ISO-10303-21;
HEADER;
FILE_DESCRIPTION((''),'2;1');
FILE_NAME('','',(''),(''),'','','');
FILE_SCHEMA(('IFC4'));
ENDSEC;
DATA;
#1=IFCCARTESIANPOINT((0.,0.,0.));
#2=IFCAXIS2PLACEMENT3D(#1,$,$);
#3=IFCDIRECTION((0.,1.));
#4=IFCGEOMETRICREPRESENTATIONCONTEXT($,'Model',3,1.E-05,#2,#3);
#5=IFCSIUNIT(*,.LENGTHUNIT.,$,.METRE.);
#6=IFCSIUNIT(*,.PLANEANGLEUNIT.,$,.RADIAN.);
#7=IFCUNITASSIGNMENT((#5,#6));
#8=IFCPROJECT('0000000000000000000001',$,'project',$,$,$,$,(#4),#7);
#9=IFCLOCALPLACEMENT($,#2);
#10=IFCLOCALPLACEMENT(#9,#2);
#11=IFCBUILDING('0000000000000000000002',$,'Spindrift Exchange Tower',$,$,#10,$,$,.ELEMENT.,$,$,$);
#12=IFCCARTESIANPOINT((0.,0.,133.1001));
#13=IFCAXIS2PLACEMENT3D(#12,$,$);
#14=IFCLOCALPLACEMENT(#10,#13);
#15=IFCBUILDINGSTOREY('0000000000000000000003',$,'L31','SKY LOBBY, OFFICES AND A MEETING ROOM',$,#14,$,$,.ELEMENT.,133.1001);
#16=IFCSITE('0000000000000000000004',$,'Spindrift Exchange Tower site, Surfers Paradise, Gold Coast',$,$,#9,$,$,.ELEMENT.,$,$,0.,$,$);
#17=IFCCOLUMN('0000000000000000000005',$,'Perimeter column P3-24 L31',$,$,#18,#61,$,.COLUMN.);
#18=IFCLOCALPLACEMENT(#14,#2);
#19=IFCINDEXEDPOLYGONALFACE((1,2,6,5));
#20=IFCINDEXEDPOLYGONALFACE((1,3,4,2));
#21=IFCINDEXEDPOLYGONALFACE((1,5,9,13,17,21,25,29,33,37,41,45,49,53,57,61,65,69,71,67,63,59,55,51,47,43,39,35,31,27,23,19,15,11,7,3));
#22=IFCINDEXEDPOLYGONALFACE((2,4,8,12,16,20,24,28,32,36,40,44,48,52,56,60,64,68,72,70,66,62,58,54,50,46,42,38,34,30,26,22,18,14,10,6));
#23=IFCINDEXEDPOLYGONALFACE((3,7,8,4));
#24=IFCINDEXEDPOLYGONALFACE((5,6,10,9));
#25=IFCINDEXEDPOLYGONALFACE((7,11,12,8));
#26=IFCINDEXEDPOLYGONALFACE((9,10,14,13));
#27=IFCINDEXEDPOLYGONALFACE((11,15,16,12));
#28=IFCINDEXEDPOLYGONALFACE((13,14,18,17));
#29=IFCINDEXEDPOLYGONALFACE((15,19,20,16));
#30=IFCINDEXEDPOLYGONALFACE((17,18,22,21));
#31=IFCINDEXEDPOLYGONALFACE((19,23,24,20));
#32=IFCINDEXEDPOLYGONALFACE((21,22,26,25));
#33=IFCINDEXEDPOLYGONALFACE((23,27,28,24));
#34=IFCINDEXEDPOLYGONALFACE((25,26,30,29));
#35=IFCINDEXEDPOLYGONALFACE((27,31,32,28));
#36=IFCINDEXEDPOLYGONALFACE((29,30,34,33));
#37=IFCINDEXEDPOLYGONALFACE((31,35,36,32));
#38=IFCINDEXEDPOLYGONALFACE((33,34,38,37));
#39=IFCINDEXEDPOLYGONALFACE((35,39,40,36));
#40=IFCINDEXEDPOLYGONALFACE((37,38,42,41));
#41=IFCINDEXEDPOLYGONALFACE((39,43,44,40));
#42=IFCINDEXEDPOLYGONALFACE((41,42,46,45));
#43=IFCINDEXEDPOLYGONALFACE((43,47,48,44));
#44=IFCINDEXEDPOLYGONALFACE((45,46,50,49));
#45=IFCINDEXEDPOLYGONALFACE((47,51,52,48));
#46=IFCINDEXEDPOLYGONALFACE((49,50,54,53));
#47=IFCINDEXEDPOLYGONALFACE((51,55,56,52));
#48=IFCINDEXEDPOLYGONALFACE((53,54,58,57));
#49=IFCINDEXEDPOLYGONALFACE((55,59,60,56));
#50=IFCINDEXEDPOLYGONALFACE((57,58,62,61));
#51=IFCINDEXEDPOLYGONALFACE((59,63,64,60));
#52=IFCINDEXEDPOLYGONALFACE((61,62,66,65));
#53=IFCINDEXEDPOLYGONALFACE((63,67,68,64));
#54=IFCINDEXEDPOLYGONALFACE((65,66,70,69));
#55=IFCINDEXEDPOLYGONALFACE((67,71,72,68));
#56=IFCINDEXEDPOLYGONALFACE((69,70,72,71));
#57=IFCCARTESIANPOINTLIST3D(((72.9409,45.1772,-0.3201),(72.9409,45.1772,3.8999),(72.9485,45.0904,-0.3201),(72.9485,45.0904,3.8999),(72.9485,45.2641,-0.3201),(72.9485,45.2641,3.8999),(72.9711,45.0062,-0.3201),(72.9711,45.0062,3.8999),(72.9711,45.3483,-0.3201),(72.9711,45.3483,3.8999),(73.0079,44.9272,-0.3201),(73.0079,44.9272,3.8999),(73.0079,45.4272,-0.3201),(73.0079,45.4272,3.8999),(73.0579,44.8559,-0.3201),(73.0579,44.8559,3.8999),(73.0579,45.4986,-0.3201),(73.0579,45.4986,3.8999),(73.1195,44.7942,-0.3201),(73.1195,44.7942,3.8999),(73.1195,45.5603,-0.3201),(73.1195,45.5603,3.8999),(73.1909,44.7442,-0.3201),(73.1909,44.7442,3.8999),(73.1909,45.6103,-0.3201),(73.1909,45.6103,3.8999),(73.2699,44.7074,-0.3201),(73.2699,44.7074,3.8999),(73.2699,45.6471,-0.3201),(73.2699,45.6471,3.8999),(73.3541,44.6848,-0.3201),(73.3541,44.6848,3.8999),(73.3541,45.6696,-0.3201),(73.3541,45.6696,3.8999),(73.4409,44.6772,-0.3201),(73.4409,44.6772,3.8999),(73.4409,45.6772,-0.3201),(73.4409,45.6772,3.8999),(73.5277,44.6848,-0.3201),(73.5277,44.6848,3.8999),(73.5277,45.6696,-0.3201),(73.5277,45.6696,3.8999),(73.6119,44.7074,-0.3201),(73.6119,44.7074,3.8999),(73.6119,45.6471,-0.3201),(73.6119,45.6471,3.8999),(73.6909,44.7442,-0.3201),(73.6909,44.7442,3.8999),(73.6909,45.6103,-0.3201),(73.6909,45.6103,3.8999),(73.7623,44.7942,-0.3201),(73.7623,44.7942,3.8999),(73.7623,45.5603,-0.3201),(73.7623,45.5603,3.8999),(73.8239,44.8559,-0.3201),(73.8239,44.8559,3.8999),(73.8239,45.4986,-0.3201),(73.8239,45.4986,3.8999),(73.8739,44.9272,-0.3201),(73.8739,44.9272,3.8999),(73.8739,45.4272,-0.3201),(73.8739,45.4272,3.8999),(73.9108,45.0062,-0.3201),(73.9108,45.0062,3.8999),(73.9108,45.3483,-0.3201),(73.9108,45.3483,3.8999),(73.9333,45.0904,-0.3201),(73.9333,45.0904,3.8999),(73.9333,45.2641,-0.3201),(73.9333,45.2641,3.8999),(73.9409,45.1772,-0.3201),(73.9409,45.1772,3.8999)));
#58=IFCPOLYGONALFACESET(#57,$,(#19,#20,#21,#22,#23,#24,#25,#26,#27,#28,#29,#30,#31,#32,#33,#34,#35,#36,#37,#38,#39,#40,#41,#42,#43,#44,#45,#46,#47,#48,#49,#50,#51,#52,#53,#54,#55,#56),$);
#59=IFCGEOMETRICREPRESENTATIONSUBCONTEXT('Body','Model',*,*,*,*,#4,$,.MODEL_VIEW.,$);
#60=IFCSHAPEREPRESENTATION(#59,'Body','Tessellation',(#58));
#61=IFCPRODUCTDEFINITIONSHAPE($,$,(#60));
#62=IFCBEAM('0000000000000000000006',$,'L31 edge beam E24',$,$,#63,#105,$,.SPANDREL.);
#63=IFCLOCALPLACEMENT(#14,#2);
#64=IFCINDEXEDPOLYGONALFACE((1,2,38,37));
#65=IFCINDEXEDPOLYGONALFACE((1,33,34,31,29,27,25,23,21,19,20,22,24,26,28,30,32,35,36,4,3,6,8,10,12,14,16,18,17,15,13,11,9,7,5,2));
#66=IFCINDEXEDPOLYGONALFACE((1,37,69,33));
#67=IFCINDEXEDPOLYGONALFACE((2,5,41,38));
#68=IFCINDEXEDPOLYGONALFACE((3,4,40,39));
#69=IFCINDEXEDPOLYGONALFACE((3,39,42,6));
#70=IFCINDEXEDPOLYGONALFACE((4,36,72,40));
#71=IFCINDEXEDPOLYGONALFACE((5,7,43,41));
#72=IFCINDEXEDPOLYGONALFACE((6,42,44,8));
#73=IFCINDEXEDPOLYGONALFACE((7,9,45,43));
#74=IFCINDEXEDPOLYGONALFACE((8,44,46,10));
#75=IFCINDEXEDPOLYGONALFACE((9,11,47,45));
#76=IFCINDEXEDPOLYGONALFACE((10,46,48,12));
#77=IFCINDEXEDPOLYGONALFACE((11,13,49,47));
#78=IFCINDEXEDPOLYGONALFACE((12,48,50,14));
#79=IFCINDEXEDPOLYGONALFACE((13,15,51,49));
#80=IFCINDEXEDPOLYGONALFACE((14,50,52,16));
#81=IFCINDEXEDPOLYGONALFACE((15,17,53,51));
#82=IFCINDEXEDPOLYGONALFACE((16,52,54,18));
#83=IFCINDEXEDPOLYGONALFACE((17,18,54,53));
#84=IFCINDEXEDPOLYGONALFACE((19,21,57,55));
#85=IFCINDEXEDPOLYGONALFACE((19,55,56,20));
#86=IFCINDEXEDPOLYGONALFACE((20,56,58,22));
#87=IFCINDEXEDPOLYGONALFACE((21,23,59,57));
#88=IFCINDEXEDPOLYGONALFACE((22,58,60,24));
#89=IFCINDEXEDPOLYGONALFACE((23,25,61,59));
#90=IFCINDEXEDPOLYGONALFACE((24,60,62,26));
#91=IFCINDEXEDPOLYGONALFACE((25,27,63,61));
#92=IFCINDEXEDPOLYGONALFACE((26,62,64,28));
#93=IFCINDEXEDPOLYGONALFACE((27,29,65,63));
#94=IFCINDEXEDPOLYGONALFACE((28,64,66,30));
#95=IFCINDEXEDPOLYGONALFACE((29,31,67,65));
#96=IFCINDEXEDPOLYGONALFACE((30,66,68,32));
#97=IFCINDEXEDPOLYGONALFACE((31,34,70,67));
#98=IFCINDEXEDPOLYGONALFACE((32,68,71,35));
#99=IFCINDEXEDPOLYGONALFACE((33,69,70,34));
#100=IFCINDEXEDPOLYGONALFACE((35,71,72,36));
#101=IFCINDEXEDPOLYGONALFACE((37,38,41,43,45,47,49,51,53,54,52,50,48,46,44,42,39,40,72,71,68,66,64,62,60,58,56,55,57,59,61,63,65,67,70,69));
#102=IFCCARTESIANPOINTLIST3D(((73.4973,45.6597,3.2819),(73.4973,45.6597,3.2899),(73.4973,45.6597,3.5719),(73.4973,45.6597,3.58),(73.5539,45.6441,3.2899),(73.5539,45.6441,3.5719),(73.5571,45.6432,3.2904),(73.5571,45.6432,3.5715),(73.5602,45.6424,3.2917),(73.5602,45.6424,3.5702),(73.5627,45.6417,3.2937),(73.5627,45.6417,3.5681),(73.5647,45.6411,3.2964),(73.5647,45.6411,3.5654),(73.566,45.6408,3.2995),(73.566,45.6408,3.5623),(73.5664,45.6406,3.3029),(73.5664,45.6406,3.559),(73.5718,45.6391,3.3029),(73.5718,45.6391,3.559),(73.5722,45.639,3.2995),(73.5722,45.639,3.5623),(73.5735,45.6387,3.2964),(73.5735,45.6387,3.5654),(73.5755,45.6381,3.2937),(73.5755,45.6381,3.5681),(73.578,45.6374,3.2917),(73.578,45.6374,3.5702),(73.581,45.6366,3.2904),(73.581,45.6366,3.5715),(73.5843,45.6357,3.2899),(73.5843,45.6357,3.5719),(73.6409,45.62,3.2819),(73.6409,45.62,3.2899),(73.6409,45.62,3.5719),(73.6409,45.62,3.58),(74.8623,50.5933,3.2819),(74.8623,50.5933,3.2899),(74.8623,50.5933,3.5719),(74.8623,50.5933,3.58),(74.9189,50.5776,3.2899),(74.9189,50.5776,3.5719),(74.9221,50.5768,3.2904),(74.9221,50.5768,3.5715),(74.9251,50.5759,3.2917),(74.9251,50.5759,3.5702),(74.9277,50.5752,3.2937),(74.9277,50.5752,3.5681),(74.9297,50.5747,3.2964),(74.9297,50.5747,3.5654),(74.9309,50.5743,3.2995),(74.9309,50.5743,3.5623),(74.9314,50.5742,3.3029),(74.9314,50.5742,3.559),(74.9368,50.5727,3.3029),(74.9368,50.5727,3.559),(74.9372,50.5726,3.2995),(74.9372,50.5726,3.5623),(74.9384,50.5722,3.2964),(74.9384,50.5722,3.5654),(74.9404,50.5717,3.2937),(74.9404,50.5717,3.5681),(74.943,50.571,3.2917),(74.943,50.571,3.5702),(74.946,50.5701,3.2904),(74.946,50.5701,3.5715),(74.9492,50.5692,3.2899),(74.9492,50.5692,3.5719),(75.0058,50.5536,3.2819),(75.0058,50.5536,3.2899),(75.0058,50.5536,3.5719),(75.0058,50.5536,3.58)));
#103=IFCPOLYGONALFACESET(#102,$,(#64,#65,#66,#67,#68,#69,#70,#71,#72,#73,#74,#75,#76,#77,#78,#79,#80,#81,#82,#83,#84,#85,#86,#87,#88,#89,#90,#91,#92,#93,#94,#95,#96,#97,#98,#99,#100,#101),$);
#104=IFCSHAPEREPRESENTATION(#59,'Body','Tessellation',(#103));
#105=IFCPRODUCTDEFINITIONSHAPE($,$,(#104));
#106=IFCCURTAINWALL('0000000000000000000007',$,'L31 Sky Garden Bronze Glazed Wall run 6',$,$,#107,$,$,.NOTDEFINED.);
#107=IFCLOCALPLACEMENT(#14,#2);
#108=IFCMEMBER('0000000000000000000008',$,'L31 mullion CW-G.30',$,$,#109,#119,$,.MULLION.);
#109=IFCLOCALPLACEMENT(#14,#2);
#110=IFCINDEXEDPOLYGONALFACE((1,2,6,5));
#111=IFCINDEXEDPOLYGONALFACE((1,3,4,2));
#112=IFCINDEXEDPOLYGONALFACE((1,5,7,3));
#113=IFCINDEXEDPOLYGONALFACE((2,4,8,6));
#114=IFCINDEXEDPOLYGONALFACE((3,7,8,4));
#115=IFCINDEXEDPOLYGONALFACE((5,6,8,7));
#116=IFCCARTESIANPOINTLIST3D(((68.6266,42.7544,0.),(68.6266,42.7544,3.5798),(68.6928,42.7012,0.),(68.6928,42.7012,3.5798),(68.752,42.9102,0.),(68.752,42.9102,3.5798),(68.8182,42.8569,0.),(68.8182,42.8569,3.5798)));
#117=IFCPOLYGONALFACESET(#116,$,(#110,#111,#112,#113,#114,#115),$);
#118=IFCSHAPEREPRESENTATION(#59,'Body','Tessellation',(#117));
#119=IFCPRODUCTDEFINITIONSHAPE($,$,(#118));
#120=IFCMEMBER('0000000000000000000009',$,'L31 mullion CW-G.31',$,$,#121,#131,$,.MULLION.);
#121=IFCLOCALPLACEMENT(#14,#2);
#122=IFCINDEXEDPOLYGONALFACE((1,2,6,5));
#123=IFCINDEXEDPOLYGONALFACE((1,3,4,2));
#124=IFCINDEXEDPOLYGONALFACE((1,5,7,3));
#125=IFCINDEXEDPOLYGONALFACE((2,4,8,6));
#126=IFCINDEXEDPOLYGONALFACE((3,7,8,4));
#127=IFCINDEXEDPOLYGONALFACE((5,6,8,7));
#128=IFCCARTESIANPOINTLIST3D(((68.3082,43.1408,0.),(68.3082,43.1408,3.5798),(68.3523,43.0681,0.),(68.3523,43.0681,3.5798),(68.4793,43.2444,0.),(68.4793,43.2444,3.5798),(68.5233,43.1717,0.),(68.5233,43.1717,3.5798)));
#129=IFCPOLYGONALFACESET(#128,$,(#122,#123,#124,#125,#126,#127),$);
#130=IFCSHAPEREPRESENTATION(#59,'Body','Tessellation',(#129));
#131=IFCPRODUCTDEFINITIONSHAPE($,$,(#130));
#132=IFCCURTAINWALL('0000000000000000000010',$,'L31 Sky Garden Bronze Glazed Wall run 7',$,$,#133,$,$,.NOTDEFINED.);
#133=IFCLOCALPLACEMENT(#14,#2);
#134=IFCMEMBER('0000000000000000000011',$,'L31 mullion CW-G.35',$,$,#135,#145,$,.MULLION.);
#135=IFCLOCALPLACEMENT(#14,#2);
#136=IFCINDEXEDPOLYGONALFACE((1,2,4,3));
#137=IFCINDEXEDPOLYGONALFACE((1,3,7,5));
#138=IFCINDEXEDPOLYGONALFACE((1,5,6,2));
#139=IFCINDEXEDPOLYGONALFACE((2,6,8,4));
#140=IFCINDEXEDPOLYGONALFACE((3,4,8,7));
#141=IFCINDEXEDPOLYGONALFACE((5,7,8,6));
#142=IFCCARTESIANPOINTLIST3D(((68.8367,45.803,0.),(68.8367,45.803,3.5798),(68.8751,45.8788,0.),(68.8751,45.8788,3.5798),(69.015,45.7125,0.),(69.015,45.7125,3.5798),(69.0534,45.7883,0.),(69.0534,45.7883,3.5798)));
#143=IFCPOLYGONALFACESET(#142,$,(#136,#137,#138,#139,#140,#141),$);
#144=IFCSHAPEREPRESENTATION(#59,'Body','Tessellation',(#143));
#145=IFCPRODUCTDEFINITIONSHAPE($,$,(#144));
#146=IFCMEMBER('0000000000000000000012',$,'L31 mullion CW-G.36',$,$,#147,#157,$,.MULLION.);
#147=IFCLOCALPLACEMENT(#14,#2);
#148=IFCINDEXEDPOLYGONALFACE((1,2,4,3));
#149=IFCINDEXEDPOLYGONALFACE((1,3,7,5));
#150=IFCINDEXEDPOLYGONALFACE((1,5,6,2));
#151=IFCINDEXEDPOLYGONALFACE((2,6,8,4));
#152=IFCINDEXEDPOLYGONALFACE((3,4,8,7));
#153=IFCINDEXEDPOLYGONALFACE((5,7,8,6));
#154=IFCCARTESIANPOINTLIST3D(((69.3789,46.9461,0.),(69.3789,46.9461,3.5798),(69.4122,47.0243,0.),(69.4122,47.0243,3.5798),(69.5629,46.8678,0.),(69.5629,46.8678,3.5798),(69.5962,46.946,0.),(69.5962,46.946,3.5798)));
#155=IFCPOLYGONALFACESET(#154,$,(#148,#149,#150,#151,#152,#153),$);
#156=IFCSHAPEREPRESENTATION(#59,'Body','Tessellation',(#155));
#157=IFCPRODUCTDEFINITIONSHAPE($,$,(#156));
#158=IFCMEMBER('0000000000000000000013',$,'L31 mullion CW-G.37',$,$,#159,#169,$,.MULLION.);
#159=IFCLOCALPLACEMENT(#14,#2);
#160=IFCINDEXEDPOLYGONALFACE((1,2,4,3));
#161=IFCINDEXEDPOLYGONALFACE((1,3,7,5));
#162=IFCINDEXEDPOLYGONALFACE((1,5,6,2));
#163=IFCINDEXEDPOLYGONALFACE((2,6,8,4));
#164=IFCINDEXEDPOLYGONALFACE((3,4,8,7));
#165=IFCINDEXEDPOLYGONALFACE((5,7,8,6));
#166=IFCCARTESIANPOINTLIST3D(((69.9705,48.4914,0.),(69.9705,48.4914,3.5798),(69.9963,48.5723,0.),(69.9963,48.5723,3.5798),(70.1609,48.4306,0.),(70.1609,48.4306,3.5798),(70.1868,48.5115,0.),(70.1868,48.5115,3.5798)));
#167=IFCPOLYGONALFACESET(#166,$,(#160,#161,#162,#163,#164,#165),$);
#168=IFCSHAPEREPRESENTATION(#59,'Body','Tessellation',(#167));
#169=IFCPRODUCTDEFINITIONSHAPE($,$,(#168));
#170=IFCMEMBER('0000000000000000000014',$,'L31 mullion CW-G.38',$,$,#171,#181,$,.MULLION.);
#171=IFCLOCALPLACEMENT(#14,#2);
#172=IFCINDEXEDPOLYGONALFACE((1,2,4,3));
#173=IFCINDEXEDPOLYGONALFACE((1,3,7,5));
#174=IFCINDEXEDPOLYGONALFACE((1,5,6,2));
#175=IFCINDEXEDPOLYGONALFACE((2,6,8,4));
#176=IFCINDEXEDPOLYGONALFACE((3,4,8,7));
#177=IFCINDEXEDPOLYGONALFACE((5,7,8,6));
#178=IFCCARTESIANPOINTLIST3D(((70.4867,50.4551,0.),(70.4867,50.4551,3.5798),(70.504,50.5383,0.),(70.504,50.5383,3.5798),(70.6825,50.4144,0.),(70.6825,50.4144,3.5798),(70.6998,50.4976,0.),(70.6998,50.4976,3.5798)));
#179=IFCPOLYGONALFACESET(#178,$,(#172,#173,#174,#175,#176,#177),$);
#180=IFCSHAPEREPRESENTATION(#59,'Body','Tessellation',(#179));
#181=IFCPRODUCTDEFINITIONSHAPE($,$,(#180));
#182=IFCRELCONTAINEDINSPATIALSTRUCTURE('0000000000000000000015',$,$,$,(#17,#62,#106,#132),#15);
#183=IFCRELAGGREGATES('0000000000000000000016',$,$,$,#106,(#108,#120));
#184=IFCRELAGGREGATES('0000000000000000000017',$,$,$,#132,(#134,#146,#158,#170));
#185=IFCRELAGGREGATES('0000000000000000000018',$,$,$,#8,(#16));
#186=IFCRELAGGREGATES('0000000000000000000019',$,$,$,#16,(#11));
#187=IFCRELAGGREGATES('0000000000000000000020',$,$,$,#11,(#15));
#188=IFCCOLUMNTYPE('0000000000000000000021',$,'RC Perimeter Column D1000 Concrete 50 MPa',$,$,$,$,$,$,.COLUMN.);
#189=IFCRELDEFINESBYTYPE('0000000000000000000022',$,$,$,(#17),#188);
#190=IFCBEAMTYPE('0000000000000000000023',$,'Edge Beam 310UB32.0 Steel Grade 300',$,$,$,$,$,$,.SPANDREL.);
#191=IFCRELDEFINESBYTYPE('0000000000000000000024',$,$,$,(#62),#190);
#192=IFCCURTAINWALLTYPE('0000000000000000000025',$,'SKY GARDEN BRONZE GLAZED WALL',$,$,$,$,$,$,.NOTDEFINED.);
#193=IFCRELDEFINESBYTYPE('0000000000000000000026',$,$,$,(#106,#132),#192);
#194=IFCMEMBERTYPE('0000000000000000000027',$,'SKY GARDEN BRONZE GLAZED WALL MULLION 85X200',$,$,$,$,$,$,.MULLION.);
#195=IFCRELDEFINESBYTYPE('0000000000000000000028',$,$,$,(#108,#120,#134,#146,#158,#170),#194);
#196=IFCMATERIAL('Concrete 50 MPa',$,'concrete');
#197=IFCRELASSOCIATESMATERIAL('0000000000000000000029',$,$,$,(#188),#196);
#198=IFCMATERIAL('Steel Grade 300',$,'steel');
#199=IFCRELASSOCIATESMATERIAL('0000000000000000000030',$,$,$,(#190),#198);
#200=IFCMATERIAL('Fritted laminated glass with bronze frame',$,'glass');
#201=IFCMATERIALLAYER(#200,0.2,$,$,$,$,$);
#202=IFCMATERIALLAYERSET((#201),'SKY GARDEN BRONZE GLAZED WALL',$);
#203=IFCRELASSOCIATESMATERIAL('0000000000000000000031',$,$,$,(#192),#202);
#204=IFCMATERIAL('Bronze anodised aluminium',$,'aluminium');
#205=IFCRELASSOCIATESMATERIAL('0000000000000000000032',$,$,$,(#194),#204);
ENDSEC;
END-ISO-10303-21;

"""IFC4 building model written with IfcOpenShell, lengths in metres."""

from ifc_helpers import new_model, si_unit, direction, frame, origin, origin_2d, place, context, subcontext, project, spatial, rectangle, circle, i_section, extrude, source, transform, mapped, material, layer, layer_set, material_profile, profile_set, type_object, element, aggregate, save


model = new_model("IFC4")

# Units and contexts
model_context = context("Model", 3, precision=1e-05, world=origin(), true_north=direction((0.0, 1.0)))
body_context = subcontext(model_context, "Body", "Model", "MODEL_VIEW")
ifc_project = project(units=[si_unit("LENGTHUNIT", "METRE"), si_unit("PLANEANGLEUNIT", "RADIAN")], contexts=[model_context])

# Site, building, storey
site_placement = place(None, origin())
site = spatial("IfcSite", under=ifc_project, at=site_placement, Name="Spindrift Exchange Tower site, Surfers Paradise, Gold Coast", CompositionType="ELEMENT", RefElevation=0.0)
building_placement = place(site_placement, origin())
building = spatial("IfcBuilding", under=site, at=building_placement, Name="Spindrift Exchange Tower", CompositionType="ELEMENT")
storey_placement = place(building_placement, frame((0.0, 0.0, 133.1001)))
storey = spatial("IfcBuildingStorey", under=building, at=storey_placement, Name="L31", Description="SKY LOBBY, OFFICES AND A MEETING ROOM", CompositionType="ELEMENT", Elevation=133.1001)

# Column
ifc_material_1 = material(Name="Concrete 50 MPa", Category="concrete")
ifc_material_profile_1 = material_profile(ifc_material_1, circle(Radius=0.5, at=origin_2d()), Name="RC D1000")
ifc_profile_set_1 = profile_set([ifc_material_profile_1], Name="Concrete 50 MPa")
column_type = type_object("IfcColumnType", Name="RC Perimeter Column D1000 Concrete 50 MPa", PredefinedType="COLUMN", material=ifc_profile_set_1)
shared_shape_1 = source(origin(), body_context, "Body", "SweptSolid", [
    extrude(circle(Radius=0.5, at=origin_2d()), origin(), (0.0, 0.0, 1.0), 4.22),
])
column_placement = place(storey_placement, frame((73.4409, 45.1772, -0.3201), z_axis=(0.0, 0.0, 1.0), x_axis=(1.0, 0.0, 0.0)))
element("IfcColumn", 1, at=column_placement, inside=storey, type_object=column_type, Name="Perimeter column P3-24 L31", PredefinedType="COLUMN", context=body_context, shape_type="MappedRepresentation", body=[
    mapped(shared_shape_1, transform((0.0, 0.0, 0.0), scale=1.0)),
])

# Beam
ifc_material_2 = material(Name="Steel Grade 300", Category="steel")
ifc_material_profile_2 = material_profile(ifc_material_2, i_section(OverallWidth=0.1489, OverallDepth=0.2981, WebThickness=0.0056, FlangeThickness=0.0081, FilletRadius=0.0129, at=origin_2d()), Name="310UB32.0")
ifc_profile_set_2 = profile_set([ifc_material_profile_2], Name="Steel Grade 300")
beam_type = type_object("IfcBeamType", Name="Edge Beam 310UB32.0 Steel Grade 300", PredefinedType="SPANDREL", material=ifc_profile_set_2)
shared_shape_2 = source(origin(), body_context, "Body", "SweptSolid", [
    extrude(i_section(OverallWidth=0.1489, OverallDepth=0.2981, WebThickness=0.0056, FlangeThickness=0.0081, FilletRadius=0.0129, at=origin_2d()), origin(), (0.0, 0.0, 1.0), 5.1189),
])
beam_placement = place(storey_placement, frame((73.5691, 45.6399, 3.4309), z_axis=(0.266655, 0.963792, 0.0), x_axis=(-0.963792, 0.266655, 0.0)))
element("IfcBeam", 2, at=beam_placement, inside=storey, type_object=beam_type, Name="L31 edge beam E24", PredefinedType="SPANDREL", context=body_context, shape_type="MappedRepresentation", body=[
    mapped(shared_shape_2, transform((0.0, 0.0, 0.0), scale=1.0)),
])

# Curtain walls, members
ifc_material_3 = material(Name="Fritted laminated glass with bronze frame", Category="glass")
ifc_layer_1 = layer(ifc_material_3, 0.2)
ifc_layer_set_1 = layer_set([ifc_layer_1], Name="SKY GARDEN BRONZE GLAZED WALL")
curtain_wall_type = type_object("IfcCurtainWallType", Name="SKY GARDEN BRONZE GLAZED WALL", PredefinedType="NOTDEFINED", material=ifc_layer_set_1)
curtain_wall_1_placement = place(storey_placement, origin())
curtain_wall_1 = element("IfcCurtainWall", 3, at=curtain_wall_1_placement, inside=storey, type_object=curtain_wall_type, Name="L31 Sky Garden Bronze Glazed Wall run 6", PredefinedType="NOTDEFINED")
ifc_material_4 = material(Name="Bronze anodised aluminium", Category="aluminium")
ifc_material_profile_3 = material_profile(ifc_material_4, rectangle(XDim=0.085, YDim=0.2, at=origin_2d()), Name="SKY GARDEN BRONZE GLAZED WALL MULLION 85X200")
ifc_profile_set_3 = profile_set([ifc_material_profile_3], Name="Bronze anodised aluminium")
member_type_1 = type_object("IfcMemberType", Name="SKY GARDEN BRONZE GLAZED WALL MULLION 85X200", PredefinedType="MULLION", material=ifc_profile_set_3)
shared_shape_3 = source(origin(), body_context, "Body", "SweptSolid", [
    extrude(rectangle(XDim=0.085, YDim=0.2, at=origin_2d()), origin(), (0.0, 0.0, 1.0), 3.5798),
])
member_1_placement = place(storey_placement, frame((68.7224, 42.8057, 0.0), z_axis=(0.0, 0.0, 1.0), x_axis=(-0.778922, 0.627121, 0.0)))
member_1 = element("IfcMember", 4, at=member_1_placement, type_object=member_type_1, Name="L31 mullion CW-G.30", PredefinedType="MULLION", context=body_context, shape_type="MappedRepresentation", body=[
    mapped(shared_shape_3, transform((0.0, 0.0, 0.0), scale=1.0)),
])
member_2_placement = place(storey_placement, frame((68.4158, 43.1562, 0.0), z_axis=(0.0, 0.0, 1.0), x_axis=(-0.517978, 0.855394, 0.0)))
member_2 = element("IfcMember", 5, at=member_2_placement, type_object=member_type_1, Name="L31 mullion CW-G.31", PredefinedType="MULLION", context=body_context, shape_type="MappedRepresentation", body=[
    mapped(shared_shape_3, transform((0.0, 0.0, 0.0), scale=1.0)),
])
curtain_wall_2_placement = place(storey_placement, origin())
curtain_wall_2 = element("IfcCurtainWall", 6, at=curtain_wall_2_placement, inside=storey, type_object=curtain_wall_type, Name="L31 Sky Garden Bronze Glazed Wall run 7", PredefinedType="NOTDEFINED")
member_3_placement = place(storey_placement, frame((68.9451, 45.7957, 0.0), z_axis=(0.0, 0.0, 1.0), x_axis=(0.452379, 0.891826, 0.0)))
member_3 = element("IfcMember", 7, at=member_3_placement, type_object=member_type_1, Name="L31 mullion CW-G.35", PredefinedType="MULLION", context=body_context, shape_type="MappedRepresentation", body=[
    mapped(shared_shape_3, transform((0.0, 0.0, 0.0), scale=1.0)),
])
member_4_placement = place(storey_placement, frame((69.4875, 46.946, 0.0), z_axis=(0.0, 0.0, 1.0), x_axis=(0.391201, 0.920305, 0.0)))
member_4 = element("IfcMember", 8, at=member_4_placement, type_object=member_type_1, Name="L31 mullion CW-G.36", PredefinedType="MULLION", context=body_context, shape_type="MappedRepresentation", body=[
    mapped(shared_shape_3, transform((0.0, 0.0, 0.0), scale=1.0)),
])
member_5_placement = place(storey_placement, frame((70.0786, 48.5015, 0.0), z_axis=(0.0, 0.0, 1.0), x_axis=(0.30411, 0.952637, 0.0)))
member_5 = element("IfcMember", 9, at=member_5_placement, type_object=member_type_1, Name="L31 mullion CW-G.37", PredefinedType="MULLION", context=body_context, shape_type="MappedRepresentation", body=[
    mapped(shared_shape_3, transform((0.0, 0.0, 0.0), scale=1.0)),
])
member_6_placement = place(storey_placement, frame((70.5933, 50.4763, 0.0), z_axis=(0.0, 0.0, 1.0), x_axis=(0.203625, 0.979049, 0.0)))
member_6 = element("IfcMember", 10, at=member_6_placement, type_object=member_type_1, Name="L31 mullion CW-G.38", PredefinedType="MULLION", context=body_context, shape_type="MappedRepresentation", body=[
    mapped(shared_shape_3, transform((0.0, 0.0, 0.0), scale=1.0)),
])

aggregate(curtain_wall_1, [member_1, member_2])
aggregate(curtain_wall_2, [member_3, member_4, member_5, member_6])

save(model, "model.ifc")
